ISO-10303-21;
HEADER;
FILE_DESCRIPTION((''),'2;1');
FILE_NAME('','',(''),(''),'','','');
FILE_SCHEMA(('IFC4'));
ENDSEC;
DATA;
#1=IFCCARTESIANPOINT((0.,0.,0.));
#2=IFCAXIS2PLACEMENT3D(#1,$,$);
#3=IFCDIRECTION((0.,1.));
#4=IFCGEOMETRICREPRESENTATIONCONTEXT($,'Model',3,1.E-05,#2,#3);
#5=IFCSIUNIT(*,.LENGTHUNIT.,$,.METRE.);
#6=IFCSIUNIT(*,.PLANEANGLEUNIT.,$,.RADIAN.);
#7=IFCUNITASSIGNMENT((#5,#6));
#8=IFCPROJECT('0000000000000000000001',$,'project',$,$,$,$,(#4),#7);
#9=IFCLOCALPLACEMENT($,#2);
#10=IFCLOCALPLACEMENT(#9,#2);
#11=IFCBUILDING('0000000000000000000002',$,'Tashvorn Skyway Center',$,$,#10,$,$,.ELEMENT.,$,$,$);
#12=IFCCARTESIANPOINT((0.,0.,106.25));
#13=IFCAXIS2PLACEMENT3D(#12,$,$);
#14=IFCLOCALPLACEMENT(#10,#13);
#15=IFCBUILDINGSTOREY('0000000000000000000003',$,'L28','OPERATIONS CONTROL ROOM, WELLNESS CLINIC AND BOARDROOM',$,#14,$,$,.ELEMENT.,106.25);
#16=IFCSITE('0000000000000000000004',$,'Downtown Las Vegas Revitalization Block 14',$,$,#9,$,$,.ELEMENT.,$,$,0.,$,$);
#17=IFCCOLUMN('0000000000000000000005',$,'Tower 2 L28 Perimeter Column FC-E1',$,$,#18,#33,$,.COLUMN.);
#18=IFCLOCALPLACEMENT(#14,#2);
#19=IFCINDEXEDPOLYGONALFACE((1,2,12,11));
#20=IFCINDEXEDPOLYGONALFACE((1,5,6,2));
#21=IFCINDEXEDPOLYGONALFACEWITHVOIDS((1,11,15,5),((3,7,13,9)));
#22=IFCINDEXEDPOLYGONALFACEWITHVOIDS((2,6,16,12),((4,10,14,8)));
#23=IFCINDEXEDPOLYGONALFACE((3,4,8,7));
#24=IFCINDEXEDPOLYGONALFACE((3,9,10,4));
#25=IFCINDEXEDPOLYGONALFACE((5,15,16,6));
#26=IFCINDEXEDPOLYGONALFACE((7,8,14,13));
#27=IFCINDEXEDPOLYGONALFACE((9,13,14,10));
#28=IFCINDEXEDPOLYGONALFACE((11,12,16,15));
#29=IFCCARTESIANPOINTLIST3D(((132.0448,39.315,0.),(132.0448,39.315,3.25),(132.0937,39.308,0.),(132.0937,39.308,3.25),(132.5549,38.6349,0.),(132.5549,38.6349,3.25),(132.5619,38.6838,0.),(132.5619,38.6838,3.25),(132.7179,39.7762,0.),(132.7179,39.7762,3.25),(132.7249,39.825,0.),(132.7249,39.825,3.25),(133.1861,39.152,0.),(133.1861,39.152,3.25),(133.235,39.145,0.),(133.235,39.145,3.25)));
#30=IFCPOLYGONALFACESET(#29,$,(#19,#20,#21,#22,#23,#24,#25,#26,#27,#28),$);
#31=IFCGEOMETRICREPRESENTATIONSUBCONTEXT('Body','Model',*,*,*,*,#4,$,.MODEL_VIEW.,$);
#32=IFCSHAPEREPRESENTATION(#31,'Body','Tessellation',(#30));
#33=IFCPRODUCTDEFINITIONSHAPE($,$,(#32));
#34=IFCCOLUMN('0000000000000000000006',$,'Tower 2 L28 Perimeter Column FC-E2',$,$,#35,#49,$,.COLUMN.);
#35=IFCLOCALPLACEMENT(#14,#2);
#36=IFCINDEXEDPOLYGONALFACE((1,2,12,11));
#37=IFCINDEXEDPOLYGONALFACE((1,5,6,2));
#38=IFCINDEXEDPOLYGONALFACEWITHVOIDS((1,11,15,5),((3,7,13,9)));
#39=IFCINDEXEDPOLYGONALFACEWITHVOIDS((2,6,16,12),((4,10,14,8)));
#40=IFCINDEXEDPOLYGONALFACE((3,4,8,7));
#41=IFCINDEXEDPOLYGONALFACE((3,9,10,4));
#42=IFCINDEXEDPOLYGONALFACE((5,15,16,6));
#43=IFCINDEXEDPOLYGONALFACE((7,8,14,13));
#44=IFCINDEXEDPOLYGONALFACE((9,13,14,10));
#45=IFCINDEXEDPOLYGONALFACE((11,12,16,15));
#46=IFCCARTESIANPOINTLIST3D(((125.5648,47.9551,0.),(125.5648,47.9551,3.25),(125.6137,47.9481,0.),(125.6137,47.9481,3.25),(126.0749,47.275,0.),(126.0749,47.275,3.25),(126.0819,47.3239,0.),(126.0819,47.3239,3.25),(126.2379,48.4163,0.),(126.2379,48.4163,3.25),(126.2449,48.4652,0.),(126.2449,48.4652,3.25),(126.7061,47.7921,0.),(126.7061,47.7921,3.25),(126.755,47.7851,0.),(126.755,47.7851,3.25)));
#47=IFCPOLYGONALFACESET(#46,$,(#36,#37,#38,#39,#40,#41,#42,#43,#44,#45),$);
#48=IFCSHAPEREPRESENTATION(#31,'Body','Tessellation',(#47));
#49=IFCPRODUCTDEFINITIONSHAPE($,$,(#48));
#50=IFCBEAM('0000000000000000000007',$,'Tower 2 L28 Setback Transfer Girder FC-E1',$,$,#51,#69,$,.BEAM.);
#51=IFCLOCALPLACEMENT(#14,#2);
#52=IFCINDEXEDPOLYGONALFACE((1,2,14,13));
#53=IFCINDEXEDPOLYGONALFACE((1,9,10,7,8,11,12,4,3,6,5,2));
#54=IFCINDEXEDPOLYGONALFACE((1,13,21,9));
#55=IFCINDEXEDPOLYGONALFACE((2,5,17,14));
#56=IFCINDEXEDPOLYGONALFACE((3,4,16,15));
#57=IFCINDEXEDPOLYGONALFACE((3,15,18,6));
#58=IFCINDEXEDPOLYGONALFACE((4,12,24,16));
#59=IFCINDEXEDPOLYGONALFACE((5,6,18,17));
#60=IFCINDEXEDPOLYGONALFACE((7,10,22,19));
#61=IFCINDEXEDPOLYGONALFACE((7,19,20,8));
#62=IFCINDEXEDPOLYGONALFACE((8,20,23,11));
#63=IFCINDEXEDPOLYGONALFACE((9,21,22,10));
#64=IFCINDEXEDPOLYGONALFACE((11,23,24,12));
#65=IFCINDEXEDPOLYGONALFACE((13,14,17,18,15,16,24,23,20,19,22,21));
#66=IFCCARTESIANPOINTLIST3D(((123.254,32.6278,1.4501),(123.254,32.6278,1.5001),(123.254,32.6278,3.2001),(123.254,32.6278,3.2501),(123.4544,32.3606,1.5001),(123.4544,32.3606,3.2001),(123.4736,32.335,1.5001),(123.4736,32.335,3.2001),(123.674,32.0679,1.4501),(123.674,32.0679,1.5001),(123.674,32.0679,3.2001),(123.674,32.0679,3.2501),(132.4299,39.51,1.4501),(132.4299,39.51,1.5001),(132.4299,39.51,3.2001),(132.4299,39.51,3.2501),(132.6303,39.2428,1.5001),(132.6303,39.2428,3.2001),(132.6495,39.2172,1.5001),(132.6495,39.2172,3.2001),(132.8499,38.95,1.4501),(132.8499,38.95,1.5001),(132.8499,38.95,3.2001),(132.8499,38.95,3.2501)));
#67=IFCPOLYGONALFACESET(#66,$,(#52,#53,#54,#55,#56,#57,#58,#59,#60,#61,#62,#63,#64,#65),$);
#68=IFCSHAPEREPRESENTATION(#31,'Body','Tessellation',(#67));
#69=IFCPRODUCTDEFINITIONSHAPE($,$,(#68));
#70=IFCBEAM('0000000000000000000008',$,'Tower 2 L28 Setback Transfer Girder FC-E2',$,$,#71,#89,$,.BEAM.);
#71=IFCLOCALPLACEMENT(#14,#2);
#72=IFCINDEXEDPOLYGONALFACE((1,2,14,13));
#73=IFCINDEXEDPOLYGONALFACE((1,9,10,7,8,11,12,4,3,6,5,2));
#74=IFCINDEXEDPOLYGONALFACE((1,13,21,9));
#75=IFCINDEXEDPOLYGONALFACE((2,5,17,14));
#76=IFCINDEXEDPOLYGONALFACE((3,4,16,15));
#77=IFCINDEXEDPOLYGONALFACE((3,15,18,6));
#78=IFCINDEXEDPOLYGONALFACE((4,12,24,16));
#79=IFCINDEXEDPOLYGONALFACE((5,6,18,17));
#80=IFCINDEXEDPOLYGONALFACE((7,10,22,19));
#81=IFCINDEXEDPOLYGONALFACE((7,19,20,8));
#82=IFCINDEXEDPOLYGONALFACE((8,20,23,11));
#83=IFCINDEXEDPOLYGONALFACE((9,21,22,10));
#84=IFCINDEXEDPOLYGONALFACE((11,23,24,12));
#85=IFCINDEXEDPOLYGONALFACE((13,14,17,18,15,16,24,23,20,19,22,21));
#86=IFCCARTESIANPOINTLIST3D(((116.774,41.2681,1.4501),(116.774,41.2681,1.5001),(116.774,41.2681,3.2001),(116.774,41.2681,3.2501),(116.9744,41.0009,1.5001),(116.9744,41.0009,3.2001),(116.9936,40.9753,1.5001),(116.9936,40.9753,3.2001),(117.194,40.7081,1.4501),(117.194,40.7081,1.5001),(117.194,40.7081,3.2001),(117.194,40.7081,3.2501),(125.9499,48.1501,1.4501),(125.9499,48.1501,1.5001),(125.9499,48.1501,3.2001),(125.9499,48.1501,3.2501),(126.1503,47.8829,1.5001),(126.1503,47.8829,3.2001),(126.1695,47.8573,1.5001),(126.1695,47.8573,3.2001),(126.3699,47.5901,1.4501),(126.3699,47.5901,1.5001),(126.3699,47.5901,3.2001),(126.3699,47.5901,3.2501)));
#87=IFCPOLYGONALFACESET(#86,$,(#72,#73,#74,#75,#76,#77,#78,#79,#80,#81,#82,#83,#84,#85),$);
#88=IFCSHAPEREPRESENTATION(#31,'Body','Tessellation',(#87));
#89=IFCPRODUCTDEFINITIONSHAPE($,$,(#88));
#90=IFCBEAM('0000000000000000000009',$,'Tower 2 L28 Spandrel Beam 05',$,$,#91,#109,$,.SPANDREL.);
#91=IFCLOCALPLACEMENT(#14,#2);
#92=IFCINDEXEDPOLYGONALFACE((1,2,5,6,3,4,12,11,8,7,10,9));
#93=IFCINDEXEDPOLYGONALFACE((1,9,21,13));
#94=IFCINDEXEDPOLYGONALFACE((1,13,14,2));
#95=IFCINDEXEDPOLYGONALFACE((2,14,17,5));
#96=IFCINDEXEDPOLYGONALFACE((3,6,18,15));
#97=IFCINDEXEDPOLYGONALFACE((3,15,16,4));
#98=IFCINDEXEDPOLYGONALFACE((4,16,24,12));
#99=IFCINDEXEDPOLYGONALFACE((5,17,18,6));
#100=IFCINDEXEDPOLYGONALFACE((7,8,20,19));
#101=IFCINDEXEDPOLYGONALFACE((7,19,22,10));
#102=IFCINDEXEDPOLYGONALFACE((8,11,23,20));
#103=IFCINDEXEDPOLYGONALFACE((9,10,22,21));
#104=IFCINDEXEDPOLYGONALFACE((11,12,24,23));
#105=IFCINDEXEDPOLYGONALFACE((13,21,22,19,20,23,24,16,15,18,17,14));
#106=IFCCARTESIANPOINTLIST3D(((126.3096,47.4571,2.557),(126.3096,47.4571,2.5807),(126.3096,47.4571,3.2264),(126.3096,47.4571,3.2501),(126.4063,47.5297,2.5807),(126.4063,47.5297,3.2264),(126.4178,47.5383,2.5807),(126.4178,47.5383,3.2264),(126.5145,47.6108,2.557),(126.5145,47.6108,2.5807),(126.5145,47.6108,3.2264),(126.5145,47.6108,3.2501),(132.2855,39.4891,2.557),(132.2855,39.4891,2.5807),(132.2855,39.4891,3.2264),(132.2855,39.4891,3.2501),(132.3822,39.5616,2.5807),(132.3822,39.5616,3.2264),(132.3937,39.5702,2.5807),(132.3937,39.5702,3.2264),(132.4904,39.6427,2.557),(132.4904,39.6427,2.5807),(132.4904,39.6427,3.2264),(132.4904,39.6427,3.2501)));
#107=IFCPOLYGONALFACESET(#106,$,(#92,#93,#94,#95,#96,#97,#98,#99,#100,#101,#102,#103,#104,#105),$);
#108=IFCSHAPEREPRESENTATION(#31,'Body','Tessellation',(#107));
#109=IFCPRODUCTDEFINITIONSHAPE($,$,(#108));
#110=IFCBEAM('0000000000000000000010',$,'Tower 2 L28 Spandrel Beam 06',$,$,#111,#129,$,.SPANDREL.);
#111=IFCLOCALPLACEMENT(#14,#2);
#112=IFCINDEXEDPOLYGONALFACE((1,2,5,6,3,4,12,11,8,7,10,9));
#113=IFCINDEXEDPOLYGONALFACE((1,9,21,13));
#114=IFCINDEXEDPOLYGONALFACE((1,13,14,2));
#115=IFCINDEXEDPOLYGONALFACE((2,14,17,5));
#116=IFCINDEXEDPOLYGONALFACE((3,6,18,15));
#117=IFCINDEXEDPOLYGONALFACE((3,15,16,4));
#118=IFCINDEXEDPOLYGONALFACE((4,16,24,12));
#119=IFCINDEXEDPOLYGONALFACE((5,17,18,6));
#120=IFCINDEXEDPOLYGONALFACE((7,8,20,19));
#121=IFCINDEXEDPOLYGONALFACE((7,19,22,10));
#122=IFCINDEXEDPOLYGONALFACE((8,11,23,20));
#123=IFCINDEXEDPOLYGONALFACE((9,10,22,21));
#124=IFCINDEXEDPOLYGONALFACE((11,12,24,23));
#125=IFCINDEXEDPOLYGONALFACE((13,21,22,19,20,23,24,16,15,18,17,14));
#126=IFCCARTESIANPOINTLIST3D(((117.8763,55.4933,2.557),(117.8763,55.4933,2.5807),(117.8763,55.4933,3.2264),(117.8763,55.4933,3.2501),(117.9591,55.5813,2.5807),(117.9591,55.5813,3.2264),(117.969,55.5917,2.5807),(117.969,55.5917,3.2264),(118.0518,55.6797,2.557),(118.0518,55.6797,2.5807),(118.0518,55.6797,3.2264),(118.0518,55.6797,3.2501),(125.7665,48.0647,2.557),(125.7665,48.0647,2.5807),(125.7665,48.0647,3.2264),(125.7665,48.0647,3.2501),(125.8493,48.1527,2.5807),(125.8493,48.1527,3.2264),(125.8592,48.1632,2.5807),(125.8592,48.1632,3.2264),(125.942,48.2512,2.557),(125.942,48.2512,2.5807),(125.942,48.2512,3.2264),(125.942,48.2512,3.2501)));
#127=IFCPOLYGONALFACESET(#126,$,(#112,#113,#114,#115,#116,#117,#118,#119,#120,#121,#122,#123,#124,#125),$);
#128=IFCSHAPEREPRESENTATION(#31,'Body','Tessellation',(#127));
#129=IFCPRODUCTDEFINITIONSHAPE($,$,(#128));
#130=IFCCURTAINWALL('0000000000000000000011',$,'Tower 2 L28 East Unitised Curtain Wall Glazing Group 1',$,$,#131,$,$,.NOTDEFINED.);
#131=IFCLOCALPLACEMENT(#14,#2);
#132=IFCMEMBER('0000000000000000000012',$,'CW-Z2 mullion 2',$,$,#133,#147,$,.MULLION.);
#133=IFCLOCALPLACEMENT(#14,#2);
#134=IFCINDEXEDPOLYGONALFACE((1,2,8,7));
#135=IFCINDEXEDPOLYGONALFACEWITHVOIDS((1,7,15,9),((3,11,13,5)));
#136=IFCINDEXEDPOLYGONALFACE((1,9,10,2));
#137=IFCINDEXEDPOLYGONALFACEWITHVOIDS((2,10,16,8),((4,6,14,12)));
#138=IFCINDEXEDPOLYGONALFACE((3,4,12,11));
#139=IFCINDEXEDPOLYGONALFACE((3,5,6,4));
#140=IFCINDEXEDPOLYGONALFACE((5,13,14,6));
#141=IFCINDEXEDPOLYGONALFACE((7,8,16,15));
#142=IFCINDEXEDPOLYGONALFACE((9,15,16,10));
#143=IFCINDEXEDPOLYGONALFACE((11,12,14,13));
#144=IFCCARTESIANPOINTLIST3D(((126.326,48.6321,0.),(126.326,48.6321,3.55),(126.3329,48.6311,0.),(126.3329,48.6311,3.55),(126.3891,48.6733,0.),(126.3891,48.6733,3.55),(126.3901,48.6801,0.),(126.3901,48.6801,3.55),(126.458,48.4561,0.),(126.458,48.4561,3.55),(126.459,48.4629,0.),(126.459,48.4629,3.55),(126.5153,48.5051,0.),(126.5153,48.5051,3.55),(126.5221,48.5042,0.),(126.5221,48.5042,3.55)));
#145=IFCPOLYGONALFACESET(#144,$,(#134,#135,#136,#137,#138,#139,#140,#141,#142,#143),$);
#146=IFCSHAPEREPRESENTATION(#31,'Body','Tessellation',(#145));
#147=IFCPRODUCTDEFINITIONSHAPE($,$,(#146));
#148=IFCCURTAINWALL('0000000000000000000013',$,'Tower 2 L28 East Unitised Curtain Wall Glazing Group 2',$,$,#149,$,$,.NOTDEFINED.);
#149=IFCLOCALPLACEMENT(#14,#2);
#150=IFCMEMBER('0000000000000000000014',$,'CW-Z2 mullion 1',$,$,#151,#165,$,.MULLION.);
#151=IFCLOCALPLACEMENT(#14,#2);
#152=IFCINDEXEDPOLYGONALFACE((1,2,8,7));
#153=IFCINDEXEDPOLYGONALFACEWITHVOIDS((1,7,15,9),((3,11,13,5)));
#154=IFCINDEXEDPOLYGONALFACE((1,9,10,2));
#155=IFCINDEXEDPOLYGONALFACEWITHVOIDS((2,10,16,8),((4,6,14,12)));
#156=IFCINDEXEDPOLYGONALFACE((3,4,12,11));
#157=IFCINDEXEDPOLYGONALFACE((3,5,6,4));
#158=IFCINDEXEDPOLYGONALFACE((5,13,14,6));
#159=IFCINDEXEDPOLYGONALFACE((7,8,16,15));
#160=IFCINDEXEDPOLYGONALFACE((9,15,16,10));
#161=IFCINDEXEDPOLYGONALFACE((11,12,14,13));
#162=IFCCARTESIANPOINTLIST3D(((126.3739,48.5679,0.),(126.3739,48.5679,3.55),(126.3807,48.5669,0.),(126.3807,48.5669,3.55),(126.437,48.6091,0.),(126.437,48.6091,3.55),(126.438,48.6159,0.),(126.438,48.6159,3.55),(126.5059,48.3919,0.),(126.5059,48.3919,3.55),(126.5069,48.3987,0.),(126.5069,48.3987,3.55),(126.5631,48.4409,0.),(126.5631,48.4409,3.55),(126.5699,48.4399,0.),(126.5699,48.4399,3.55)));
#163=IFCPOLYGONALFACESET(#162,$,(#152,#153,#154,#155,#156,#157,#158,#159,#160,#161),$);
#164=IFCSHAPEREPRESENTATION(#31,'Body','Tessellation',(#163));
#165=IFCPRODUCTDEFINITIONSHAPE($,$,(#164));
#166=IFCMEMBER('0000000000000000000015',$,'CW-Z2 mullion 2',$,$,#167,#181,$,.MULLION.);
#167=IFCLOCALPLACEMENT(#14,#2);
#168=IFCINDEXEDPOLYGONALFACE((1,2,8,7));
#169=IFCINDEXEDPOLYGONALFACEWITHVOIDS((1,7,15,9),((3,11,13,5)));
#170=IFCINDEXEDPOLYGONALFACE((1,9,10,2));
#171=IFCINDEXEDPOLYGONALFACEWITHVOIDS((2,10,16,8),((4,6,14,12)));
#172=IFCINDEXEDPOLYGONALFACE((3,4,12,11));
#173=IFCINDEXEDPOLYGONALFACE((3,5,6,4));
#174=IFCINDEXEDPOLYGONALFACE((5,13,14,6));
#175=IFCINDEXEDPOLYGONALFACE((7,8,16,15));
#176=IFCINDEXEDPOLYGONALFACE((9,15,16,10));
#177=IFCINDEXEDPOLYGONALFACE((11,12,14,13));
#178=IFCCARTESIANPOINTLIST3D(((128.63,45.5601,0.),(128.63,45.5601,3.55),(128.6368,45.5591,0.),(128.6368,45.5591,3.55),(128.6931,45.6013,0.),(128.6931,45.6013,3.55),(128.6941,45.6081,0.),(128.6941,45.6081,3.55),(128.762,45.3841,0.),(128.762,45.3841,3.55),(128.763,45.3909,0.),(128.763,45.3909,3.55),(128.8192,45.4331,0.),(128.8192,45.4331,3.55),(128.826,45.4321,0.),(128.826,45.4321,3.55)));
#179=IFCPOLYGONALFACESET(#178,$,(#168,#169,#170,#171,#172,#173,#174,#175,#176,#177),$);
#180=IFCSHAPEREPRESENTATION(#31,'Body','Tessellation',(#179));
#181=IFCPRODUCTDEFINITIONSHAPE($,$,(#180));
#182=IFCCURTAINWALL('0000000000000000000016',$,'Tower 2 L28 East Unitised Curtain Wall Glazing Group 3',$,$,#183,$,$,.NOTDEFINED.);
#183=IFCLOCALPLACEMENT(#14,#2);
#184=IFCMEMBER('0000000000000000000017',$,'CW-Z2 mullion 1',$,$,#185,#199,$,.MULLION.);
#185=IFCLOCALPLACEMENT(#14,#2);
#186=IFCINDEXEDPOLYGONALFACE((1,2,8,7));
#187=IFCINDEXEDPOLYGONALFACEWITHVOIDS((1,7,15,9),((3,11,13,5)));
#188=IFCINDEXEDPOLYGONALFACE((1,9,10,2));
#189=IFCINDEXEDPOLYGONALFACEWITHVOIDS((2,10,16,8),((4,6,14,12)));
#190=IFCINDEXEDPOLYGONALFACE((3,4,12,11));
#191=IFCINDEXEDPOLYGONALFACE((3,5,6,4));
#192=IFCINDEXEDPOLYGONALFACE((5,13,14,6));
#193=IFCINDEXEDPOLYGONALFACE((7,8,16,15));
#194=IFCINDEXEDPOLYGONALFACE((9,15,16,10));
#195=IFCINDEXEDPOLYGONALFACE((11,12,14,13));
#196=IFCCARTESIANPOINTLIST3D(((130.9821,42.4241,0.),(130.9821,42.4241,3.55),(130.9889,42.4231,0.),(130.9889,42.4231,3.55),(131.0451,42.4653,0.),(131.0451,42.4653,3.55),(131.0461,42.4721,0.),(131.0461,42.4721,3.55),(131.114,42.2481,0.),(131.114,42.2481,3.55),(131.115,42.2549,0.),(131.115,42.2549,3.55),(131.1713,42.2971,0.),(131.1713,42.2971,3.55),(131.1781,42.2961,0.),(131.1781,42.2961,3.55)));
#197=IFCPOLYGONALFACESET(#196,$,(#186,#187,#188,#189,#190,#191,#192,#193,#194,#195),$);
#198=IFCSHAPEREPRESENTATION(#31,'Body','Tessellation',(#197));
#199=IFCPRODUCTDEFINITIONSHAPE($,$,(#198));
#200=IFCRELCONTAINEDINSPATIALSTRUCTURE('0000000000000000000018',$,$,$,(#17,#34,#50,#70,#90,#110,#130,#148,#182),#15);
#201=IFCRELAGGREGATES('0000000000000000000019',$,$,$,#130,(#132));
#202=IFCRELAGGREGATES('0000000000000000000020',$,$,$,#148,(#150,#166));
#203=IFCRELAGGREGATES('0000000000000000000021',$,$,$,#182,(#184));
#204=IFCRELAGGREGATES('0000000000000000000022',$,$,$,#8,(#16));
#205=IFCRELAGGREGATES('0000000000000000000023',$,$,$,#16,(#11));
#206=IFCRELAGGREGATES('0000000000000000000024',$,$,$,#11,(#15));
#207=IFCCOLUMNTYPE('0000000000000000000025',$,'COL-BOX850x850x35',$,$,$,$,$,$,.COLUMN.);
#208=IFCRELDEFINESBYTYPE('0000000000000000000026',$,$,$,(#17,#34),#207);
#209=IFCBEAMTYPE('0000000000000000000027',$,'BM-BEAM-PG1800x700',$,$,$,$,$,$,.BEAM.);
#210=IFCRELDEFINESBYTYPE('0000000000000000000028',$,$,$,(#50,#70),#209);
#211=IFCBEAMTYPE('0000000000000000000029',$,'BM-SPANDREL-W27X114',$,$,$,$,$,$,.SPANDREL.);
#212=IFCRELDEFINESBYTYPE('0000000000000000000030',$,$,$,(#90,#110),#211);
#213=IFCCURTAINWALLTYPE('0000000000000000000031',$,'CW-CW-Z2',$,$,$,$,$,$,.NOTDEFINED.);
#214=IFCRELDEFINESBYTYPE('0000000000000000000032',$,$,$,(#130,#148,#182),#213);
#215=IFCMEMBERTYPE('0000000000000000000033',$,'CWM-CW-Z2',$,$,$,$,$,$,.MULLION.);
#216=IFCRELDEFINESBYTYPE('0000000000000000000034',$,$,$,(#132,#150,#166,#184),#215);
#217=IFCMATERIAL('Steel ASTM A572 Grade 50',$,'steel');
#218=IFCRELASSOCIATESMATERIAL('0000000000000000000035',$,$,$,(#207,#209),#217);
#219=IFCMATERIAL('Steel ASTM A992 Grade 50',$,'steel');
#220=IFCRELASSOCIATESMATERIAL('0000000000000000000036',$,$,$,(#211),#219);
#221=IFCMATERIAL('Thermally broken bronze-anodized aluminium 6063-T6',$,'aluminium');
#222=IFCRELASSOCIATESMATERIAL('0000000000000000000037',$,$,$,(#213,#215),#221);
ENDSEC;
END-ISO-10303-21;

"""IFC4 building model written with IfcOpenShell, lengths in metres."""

from ifc_helpers import new_model, si_unit, direction, frame, origin, origin_2d, place, context, subcontext, project, spatial, hollow_rectangle, i_section, extrude, material, material_profile, profile_set, type_object, element, aggregate, save


model = new_model("IFC4")

# Units and contexts
model_context = context("Model", 3, precision=1e-05, world=origin(), true_north=direction((0.0, 1.0)))
body_context = subcontext(model_context, "Body", "Model", "MODEL_VIEW")
ifc_project = project(units=[si_unit("LENGTHUNIT", "METRE"), si_unit("PLANEANGLEUNIT", "RADIAN")], contexts=[model_context])

# Site, building, storey
site_placement = place(None, origin())
site = spatial("IfcSite", under=ifc_project, at=site_placement, Name="Downtown Las Vegas Revitalization Block 14", CompositionType="ELEMENT", RefElevation=0.0)
building_placement = place(site_placement, origin())
building = spatial("IfcBuilding", under=site, at=building_placement, Name="Tashvorn Skyway Center", CompositionType="ELEMENT")
storey_placement = place(building_placement, frame((0.0, 0.0, 106.25)))
storey = spatial("IfcBuildingStorey", under=building, at=storey_placement, Name="L28", Description="OPERATIONS CONTROL ROOM, WELLNESS CLINIC AND BOARDROOM", CompositionType="ELEMENT", Elevation=106.25)

# Columns
ifc_material_1 = material(Name="Steel ASTM A572 Grade 50", Category="steel")
ifc_material_profile_1 = material_profile(ifc_material_1, hollow_rectangle(XDim=0.8501, YDim=0.8501, WallThickness=0.0349, at=origin_2d()), Name="BOX850x850x35")
ifc_profile_set_1 = profile_set([ifc_material_profile_1], Name="Steel ASTM A572 Grade 50")
column_type = type_object("IfcColumnType", Name="COL-BOX850x850x35", PredefinedType="COLUMN", material=ifc_profile_set_1)
for number, where, z_axis, x_axis, name in (
    (1, (132.6399, 39.23, 0.0), (0.0, 0.0, 1.0), (0.8, 0.6, 0.0), "Tower 2 L28 Perimeter Column FC-E1"),
    (2, (126.1599, 47.8701, 0.0), (0.0, 0.0, 1.0), (0.8, 0.6, 0.0), "Tower 2 L28 Perimeter Column FC-E2"),
):
    element("IfcColumn", number, at=place(storey_placement, frame(where, z_axis=z_axis, x_axis=x_axis)), inside=storey, type_object=column_type, Name=name, PredefinedType="COLUMN", context=body_context, shape_type="SweptSolid", body=[
        extrude(hollow_rectangle(XDim=0.8501, YDim=0.8501, WallThickness=0.0349, at=origin_2d()), origin(), (0.0, 0.0, 1.0), 3.25),
    ])

# Beams
ifc_material_profile_2 = material_profile(ifc_material_1, i_section(OverallWidth=0.7, OverallDepth=1.8, WebThickness=0.032, FlangeThickness=0.05, at=origin_2d()), Name="PG1800x700")
ifc_profile_set_2 = profile_set([ifc_material_profile_2], Name="Steel ASTM A572 Grade 50")
beam_type_1 = type_object("IfcBeamType", Name="BM-BEAM-PG1800x700", PredefinedType="BEAM", material=ifc_profile_set_2)
for number, where, z_axis, x_axis, name in (
    (3, (132.6399, 39.23, 2.3501), (-0.79999, -0.600014, 0.0), (0.600014, -0.79999, 0.0), "Tower 2 L28 Setback Transfer Girder FC-E1"),
    (4, (126.1599, 47.8701, 2.3501), (-0.799997, -0.600003, 0.0), (0.600003, -0.799997, 0.0), "Tower 2 L28 Setback Transfer Girder FC-E2"),
):
    element("IfcBeam", number, at=place(storey_placement, frame(where, z_axis=z_axis, x_axis=x_axis)), inside=storey, type_object=beam_type_1, Name=name, PredefinedType="BEAM", context=body_context, shape_type="SweptSolid", body=[
        extrude(i_section(OverallWidth=0.7, OverallDepth=1.8, WebThickness=0.032, FlangeThickness=0.05, at=origin_2d()), origin(), (0.0, 0.0, 1.0), 11.47),
    ])
ifc_material_2 = material(Name="Steel ASTM A992 Grade 50", Category="steel")
ifc_material_profile_3 = material_profile(ifc_material_2, i_section(OverallWidth=0.2561, OverallDepth=0.6931, WebThickness=0.0144, FlangeThickness=0.0237, at=origin_2d()), Name="W27X114")
ifc_profile_set_3 = profile_set([ifc_material_profile_3], Name="Steel ASTM A992 Grade 50")
beam_type_2 = type_object("IfcBeamType", Name="BM-SPANDREL-W27X114", PredefinedType="SPANDREL", material=ifc_profile_set_3)
beam_1_placement = place(storey_placement, frame((132.3879, 39.5659, 2.9036), z_axis=(-0.599988, 0.800009, 0.0), x_axis=(-0.800009, -0.599988, 0.0)))
element("IfcBeam", 5, at=beam_1_placement, inside=storey, type_object=beam_type_2, Name="Tower 2 L28 Spandrel Beam 05", PredefinedType="SPANDREL", context=body_context, shape_type="SweptSolid", body=[
    extrude(i_section(OverallWidth=0.2561, OverallDepth=0.6931, WebThickness=0.0144, FlangeThickness=0.0237, at=origin_2d()), origin(), (0.0, 0.0, 1.0), 9.96),
])
beam_2_placement = place(storey_placement, frame((125.8542, 48.158, 2.9036), z_axis=(-0.728087, 0.685485, 0.0), x_axis=(-0.685485, -0.728087, 0.0)))
element("IfcBeam", 6, at=beam_2_placement, inside=storey, type_object=beam_type_2, Name="Tower 2 L28 Spandrel Beam 06", PredefinedType="SPANDREL", context=body_context, shape_type="SweptSolid", body=[
    extrude(i_section(OverallWidth=0.2561, OverallDepth=0.6931, WebThickness=0.0144, FlangeThickness=0.0237, at=origin_2d()), origin(), (0.0, 0.0, 1.0), 10.8369),
])

# Curtain wall, member
ifc_material_3 = material(Name="Thermally broken bronze-anodized aluminium 6063-T6", Category="aluminium")
curtain_wall_type = type_object("IfcCurtainWallType", Name="CW-CW-Z2", PredefinedType="NOTDEFINED", material=ifc_material_3)
curtain_wall_1_placement = place(storey_placement, origin())
curtain_wall_1 = element("IfcCurtainWall", 7, at=curtain_wall_1_placement, inside=storey, type_object=curtain_wall_type, Name="Tower 2 L28 East Unitised Curtain Wall Glazing Group 1", PredefinedType="NOTDEFINED")
ifc_material_profile_4 = material_profile(ifc_material_3, hollow_rectangle(XDim=0.0801, YDim=0.22, WallThickness=0.0049, at=origin_2d()), Name="ALU-MULL-80x220")
ifc_profile_set_4 = profile_set([ifc_material_profile_4], Name="Thermally broken bronze-anodized aluminium 6063-T6")
member_type_1 = type_object("IfcMemberType", Name="CWM-CW-Z2", PredefinedType="MULLION", material=ifc_profile_set_4)
member_1_placement = place(storey_placement, frame((126.4241, 48.5681, 0.0), z_axis=(0.0, 0.0, 1.0), x_axis=(0.8, 0.6, 0.0)))
member_1 = element("IfcMember", 8, at=member_1_placement, type_object=member_type_1, Name="CW-Z2 mullion 2", PredefinedType="MULLION", context=body_context, shape_type="SweptSolid", body=[
    extrude(hollow_rectangle(XDim=0.0801, YDim=0.22, WallThickness=0.0049, at=origin_2d()), origin(), (0.0, 0.0, 1.0), 3.55),
])
aggregate(curtain_wall_1, [member_1])

# Curtain walls, members
curtain_wall_2_placement = place(storey_placement, origin())
curtain_wall_2 = element("IfcCurtainWall", 9, at=curtain_wall_2_placement, inside=storey, type_object=curtain_wall_type, Name="Tower 2 L28 East Unitised Curtain Wall Glazing Group 2", PredefinedType="NOTDEFINED")
member_2_placement = place(storey_placement, frame((126.4719, 48.5039, 0.0), z_axis=(0.0, 0.0, 1.0), x_axis=(0.8, 0.6, 0.0)))
member_2 = element("IfcMember", 10, at=member_2_placement, type_object=member_type_1, Name="CW-Z2 mullion 1", PredefinedType="MULLION", context=body_context, shape_type="SweptSolid", body=[
    extrude(hollow_rectangle(XDim=0.0801, YDim=0.22, WallThickness=0.0049, at=origin_2d()), origin(), (0.0, 0.0, 1.0), 3.55),
])
member_3_placement = place(storey_placement, frame((128.728, 45.4961, 0.0), z_axis=(0.0, 0.0, 1.0), x_axis=(0.8, 0.6, 0.0)))
member_3 = element("IfcMember", 11, at=member_3_placement, type_object=member_type_1, Name="CW-Z2 mullion 2", PredefinedType="MULLION", context=body_context, shape_type="SweptSolid", body=[
    extrude(hollow_rectangle(XDim=0.0801, YDim=0.22, WallThickness=0.0049, at=origin_2d()), origin(), (0.0, 0.0, 1.0), 3.55),
])
curtain_wall_3_placement = place(storey_placement, origin())
curtain_wall_3 = element("IfcCurtainWall", 12, at=curtain_wall_3_placement, inside=storey, type_object=curtain_wall_type, Name="Tower 2 L28 East Unitised Curtain Wall Glazing Group 3", PredefinedType="NOTDEFINED")
member_4_placement = place(storey_placement, frame((131.0801, 42.3601, 0.0), z_axis=(0.0, 0.0, 1.0), x_axis=(0.8, 0.6, 0.0)))
member_4 = element("IfcMember", 13, at=member_4_placement, type_object=member_type_1, Name="CW-Z2 mullion 1", PredefinedType="MULLION", context=body_context, shape_type="SweptSolid", body=[
    extrude(hollow_rectangle(XDim=0.0801, YDim=0.22, WallThickness=0.0049, at=origin_2d()), origin(), (0.0, 0.0, 1.0), 3.55),
])

aggregate(curtain_wall_2, [member_2, member_3])
aggregate(curtain_wall_3, [member_4])

save(model, "model.ifc")
